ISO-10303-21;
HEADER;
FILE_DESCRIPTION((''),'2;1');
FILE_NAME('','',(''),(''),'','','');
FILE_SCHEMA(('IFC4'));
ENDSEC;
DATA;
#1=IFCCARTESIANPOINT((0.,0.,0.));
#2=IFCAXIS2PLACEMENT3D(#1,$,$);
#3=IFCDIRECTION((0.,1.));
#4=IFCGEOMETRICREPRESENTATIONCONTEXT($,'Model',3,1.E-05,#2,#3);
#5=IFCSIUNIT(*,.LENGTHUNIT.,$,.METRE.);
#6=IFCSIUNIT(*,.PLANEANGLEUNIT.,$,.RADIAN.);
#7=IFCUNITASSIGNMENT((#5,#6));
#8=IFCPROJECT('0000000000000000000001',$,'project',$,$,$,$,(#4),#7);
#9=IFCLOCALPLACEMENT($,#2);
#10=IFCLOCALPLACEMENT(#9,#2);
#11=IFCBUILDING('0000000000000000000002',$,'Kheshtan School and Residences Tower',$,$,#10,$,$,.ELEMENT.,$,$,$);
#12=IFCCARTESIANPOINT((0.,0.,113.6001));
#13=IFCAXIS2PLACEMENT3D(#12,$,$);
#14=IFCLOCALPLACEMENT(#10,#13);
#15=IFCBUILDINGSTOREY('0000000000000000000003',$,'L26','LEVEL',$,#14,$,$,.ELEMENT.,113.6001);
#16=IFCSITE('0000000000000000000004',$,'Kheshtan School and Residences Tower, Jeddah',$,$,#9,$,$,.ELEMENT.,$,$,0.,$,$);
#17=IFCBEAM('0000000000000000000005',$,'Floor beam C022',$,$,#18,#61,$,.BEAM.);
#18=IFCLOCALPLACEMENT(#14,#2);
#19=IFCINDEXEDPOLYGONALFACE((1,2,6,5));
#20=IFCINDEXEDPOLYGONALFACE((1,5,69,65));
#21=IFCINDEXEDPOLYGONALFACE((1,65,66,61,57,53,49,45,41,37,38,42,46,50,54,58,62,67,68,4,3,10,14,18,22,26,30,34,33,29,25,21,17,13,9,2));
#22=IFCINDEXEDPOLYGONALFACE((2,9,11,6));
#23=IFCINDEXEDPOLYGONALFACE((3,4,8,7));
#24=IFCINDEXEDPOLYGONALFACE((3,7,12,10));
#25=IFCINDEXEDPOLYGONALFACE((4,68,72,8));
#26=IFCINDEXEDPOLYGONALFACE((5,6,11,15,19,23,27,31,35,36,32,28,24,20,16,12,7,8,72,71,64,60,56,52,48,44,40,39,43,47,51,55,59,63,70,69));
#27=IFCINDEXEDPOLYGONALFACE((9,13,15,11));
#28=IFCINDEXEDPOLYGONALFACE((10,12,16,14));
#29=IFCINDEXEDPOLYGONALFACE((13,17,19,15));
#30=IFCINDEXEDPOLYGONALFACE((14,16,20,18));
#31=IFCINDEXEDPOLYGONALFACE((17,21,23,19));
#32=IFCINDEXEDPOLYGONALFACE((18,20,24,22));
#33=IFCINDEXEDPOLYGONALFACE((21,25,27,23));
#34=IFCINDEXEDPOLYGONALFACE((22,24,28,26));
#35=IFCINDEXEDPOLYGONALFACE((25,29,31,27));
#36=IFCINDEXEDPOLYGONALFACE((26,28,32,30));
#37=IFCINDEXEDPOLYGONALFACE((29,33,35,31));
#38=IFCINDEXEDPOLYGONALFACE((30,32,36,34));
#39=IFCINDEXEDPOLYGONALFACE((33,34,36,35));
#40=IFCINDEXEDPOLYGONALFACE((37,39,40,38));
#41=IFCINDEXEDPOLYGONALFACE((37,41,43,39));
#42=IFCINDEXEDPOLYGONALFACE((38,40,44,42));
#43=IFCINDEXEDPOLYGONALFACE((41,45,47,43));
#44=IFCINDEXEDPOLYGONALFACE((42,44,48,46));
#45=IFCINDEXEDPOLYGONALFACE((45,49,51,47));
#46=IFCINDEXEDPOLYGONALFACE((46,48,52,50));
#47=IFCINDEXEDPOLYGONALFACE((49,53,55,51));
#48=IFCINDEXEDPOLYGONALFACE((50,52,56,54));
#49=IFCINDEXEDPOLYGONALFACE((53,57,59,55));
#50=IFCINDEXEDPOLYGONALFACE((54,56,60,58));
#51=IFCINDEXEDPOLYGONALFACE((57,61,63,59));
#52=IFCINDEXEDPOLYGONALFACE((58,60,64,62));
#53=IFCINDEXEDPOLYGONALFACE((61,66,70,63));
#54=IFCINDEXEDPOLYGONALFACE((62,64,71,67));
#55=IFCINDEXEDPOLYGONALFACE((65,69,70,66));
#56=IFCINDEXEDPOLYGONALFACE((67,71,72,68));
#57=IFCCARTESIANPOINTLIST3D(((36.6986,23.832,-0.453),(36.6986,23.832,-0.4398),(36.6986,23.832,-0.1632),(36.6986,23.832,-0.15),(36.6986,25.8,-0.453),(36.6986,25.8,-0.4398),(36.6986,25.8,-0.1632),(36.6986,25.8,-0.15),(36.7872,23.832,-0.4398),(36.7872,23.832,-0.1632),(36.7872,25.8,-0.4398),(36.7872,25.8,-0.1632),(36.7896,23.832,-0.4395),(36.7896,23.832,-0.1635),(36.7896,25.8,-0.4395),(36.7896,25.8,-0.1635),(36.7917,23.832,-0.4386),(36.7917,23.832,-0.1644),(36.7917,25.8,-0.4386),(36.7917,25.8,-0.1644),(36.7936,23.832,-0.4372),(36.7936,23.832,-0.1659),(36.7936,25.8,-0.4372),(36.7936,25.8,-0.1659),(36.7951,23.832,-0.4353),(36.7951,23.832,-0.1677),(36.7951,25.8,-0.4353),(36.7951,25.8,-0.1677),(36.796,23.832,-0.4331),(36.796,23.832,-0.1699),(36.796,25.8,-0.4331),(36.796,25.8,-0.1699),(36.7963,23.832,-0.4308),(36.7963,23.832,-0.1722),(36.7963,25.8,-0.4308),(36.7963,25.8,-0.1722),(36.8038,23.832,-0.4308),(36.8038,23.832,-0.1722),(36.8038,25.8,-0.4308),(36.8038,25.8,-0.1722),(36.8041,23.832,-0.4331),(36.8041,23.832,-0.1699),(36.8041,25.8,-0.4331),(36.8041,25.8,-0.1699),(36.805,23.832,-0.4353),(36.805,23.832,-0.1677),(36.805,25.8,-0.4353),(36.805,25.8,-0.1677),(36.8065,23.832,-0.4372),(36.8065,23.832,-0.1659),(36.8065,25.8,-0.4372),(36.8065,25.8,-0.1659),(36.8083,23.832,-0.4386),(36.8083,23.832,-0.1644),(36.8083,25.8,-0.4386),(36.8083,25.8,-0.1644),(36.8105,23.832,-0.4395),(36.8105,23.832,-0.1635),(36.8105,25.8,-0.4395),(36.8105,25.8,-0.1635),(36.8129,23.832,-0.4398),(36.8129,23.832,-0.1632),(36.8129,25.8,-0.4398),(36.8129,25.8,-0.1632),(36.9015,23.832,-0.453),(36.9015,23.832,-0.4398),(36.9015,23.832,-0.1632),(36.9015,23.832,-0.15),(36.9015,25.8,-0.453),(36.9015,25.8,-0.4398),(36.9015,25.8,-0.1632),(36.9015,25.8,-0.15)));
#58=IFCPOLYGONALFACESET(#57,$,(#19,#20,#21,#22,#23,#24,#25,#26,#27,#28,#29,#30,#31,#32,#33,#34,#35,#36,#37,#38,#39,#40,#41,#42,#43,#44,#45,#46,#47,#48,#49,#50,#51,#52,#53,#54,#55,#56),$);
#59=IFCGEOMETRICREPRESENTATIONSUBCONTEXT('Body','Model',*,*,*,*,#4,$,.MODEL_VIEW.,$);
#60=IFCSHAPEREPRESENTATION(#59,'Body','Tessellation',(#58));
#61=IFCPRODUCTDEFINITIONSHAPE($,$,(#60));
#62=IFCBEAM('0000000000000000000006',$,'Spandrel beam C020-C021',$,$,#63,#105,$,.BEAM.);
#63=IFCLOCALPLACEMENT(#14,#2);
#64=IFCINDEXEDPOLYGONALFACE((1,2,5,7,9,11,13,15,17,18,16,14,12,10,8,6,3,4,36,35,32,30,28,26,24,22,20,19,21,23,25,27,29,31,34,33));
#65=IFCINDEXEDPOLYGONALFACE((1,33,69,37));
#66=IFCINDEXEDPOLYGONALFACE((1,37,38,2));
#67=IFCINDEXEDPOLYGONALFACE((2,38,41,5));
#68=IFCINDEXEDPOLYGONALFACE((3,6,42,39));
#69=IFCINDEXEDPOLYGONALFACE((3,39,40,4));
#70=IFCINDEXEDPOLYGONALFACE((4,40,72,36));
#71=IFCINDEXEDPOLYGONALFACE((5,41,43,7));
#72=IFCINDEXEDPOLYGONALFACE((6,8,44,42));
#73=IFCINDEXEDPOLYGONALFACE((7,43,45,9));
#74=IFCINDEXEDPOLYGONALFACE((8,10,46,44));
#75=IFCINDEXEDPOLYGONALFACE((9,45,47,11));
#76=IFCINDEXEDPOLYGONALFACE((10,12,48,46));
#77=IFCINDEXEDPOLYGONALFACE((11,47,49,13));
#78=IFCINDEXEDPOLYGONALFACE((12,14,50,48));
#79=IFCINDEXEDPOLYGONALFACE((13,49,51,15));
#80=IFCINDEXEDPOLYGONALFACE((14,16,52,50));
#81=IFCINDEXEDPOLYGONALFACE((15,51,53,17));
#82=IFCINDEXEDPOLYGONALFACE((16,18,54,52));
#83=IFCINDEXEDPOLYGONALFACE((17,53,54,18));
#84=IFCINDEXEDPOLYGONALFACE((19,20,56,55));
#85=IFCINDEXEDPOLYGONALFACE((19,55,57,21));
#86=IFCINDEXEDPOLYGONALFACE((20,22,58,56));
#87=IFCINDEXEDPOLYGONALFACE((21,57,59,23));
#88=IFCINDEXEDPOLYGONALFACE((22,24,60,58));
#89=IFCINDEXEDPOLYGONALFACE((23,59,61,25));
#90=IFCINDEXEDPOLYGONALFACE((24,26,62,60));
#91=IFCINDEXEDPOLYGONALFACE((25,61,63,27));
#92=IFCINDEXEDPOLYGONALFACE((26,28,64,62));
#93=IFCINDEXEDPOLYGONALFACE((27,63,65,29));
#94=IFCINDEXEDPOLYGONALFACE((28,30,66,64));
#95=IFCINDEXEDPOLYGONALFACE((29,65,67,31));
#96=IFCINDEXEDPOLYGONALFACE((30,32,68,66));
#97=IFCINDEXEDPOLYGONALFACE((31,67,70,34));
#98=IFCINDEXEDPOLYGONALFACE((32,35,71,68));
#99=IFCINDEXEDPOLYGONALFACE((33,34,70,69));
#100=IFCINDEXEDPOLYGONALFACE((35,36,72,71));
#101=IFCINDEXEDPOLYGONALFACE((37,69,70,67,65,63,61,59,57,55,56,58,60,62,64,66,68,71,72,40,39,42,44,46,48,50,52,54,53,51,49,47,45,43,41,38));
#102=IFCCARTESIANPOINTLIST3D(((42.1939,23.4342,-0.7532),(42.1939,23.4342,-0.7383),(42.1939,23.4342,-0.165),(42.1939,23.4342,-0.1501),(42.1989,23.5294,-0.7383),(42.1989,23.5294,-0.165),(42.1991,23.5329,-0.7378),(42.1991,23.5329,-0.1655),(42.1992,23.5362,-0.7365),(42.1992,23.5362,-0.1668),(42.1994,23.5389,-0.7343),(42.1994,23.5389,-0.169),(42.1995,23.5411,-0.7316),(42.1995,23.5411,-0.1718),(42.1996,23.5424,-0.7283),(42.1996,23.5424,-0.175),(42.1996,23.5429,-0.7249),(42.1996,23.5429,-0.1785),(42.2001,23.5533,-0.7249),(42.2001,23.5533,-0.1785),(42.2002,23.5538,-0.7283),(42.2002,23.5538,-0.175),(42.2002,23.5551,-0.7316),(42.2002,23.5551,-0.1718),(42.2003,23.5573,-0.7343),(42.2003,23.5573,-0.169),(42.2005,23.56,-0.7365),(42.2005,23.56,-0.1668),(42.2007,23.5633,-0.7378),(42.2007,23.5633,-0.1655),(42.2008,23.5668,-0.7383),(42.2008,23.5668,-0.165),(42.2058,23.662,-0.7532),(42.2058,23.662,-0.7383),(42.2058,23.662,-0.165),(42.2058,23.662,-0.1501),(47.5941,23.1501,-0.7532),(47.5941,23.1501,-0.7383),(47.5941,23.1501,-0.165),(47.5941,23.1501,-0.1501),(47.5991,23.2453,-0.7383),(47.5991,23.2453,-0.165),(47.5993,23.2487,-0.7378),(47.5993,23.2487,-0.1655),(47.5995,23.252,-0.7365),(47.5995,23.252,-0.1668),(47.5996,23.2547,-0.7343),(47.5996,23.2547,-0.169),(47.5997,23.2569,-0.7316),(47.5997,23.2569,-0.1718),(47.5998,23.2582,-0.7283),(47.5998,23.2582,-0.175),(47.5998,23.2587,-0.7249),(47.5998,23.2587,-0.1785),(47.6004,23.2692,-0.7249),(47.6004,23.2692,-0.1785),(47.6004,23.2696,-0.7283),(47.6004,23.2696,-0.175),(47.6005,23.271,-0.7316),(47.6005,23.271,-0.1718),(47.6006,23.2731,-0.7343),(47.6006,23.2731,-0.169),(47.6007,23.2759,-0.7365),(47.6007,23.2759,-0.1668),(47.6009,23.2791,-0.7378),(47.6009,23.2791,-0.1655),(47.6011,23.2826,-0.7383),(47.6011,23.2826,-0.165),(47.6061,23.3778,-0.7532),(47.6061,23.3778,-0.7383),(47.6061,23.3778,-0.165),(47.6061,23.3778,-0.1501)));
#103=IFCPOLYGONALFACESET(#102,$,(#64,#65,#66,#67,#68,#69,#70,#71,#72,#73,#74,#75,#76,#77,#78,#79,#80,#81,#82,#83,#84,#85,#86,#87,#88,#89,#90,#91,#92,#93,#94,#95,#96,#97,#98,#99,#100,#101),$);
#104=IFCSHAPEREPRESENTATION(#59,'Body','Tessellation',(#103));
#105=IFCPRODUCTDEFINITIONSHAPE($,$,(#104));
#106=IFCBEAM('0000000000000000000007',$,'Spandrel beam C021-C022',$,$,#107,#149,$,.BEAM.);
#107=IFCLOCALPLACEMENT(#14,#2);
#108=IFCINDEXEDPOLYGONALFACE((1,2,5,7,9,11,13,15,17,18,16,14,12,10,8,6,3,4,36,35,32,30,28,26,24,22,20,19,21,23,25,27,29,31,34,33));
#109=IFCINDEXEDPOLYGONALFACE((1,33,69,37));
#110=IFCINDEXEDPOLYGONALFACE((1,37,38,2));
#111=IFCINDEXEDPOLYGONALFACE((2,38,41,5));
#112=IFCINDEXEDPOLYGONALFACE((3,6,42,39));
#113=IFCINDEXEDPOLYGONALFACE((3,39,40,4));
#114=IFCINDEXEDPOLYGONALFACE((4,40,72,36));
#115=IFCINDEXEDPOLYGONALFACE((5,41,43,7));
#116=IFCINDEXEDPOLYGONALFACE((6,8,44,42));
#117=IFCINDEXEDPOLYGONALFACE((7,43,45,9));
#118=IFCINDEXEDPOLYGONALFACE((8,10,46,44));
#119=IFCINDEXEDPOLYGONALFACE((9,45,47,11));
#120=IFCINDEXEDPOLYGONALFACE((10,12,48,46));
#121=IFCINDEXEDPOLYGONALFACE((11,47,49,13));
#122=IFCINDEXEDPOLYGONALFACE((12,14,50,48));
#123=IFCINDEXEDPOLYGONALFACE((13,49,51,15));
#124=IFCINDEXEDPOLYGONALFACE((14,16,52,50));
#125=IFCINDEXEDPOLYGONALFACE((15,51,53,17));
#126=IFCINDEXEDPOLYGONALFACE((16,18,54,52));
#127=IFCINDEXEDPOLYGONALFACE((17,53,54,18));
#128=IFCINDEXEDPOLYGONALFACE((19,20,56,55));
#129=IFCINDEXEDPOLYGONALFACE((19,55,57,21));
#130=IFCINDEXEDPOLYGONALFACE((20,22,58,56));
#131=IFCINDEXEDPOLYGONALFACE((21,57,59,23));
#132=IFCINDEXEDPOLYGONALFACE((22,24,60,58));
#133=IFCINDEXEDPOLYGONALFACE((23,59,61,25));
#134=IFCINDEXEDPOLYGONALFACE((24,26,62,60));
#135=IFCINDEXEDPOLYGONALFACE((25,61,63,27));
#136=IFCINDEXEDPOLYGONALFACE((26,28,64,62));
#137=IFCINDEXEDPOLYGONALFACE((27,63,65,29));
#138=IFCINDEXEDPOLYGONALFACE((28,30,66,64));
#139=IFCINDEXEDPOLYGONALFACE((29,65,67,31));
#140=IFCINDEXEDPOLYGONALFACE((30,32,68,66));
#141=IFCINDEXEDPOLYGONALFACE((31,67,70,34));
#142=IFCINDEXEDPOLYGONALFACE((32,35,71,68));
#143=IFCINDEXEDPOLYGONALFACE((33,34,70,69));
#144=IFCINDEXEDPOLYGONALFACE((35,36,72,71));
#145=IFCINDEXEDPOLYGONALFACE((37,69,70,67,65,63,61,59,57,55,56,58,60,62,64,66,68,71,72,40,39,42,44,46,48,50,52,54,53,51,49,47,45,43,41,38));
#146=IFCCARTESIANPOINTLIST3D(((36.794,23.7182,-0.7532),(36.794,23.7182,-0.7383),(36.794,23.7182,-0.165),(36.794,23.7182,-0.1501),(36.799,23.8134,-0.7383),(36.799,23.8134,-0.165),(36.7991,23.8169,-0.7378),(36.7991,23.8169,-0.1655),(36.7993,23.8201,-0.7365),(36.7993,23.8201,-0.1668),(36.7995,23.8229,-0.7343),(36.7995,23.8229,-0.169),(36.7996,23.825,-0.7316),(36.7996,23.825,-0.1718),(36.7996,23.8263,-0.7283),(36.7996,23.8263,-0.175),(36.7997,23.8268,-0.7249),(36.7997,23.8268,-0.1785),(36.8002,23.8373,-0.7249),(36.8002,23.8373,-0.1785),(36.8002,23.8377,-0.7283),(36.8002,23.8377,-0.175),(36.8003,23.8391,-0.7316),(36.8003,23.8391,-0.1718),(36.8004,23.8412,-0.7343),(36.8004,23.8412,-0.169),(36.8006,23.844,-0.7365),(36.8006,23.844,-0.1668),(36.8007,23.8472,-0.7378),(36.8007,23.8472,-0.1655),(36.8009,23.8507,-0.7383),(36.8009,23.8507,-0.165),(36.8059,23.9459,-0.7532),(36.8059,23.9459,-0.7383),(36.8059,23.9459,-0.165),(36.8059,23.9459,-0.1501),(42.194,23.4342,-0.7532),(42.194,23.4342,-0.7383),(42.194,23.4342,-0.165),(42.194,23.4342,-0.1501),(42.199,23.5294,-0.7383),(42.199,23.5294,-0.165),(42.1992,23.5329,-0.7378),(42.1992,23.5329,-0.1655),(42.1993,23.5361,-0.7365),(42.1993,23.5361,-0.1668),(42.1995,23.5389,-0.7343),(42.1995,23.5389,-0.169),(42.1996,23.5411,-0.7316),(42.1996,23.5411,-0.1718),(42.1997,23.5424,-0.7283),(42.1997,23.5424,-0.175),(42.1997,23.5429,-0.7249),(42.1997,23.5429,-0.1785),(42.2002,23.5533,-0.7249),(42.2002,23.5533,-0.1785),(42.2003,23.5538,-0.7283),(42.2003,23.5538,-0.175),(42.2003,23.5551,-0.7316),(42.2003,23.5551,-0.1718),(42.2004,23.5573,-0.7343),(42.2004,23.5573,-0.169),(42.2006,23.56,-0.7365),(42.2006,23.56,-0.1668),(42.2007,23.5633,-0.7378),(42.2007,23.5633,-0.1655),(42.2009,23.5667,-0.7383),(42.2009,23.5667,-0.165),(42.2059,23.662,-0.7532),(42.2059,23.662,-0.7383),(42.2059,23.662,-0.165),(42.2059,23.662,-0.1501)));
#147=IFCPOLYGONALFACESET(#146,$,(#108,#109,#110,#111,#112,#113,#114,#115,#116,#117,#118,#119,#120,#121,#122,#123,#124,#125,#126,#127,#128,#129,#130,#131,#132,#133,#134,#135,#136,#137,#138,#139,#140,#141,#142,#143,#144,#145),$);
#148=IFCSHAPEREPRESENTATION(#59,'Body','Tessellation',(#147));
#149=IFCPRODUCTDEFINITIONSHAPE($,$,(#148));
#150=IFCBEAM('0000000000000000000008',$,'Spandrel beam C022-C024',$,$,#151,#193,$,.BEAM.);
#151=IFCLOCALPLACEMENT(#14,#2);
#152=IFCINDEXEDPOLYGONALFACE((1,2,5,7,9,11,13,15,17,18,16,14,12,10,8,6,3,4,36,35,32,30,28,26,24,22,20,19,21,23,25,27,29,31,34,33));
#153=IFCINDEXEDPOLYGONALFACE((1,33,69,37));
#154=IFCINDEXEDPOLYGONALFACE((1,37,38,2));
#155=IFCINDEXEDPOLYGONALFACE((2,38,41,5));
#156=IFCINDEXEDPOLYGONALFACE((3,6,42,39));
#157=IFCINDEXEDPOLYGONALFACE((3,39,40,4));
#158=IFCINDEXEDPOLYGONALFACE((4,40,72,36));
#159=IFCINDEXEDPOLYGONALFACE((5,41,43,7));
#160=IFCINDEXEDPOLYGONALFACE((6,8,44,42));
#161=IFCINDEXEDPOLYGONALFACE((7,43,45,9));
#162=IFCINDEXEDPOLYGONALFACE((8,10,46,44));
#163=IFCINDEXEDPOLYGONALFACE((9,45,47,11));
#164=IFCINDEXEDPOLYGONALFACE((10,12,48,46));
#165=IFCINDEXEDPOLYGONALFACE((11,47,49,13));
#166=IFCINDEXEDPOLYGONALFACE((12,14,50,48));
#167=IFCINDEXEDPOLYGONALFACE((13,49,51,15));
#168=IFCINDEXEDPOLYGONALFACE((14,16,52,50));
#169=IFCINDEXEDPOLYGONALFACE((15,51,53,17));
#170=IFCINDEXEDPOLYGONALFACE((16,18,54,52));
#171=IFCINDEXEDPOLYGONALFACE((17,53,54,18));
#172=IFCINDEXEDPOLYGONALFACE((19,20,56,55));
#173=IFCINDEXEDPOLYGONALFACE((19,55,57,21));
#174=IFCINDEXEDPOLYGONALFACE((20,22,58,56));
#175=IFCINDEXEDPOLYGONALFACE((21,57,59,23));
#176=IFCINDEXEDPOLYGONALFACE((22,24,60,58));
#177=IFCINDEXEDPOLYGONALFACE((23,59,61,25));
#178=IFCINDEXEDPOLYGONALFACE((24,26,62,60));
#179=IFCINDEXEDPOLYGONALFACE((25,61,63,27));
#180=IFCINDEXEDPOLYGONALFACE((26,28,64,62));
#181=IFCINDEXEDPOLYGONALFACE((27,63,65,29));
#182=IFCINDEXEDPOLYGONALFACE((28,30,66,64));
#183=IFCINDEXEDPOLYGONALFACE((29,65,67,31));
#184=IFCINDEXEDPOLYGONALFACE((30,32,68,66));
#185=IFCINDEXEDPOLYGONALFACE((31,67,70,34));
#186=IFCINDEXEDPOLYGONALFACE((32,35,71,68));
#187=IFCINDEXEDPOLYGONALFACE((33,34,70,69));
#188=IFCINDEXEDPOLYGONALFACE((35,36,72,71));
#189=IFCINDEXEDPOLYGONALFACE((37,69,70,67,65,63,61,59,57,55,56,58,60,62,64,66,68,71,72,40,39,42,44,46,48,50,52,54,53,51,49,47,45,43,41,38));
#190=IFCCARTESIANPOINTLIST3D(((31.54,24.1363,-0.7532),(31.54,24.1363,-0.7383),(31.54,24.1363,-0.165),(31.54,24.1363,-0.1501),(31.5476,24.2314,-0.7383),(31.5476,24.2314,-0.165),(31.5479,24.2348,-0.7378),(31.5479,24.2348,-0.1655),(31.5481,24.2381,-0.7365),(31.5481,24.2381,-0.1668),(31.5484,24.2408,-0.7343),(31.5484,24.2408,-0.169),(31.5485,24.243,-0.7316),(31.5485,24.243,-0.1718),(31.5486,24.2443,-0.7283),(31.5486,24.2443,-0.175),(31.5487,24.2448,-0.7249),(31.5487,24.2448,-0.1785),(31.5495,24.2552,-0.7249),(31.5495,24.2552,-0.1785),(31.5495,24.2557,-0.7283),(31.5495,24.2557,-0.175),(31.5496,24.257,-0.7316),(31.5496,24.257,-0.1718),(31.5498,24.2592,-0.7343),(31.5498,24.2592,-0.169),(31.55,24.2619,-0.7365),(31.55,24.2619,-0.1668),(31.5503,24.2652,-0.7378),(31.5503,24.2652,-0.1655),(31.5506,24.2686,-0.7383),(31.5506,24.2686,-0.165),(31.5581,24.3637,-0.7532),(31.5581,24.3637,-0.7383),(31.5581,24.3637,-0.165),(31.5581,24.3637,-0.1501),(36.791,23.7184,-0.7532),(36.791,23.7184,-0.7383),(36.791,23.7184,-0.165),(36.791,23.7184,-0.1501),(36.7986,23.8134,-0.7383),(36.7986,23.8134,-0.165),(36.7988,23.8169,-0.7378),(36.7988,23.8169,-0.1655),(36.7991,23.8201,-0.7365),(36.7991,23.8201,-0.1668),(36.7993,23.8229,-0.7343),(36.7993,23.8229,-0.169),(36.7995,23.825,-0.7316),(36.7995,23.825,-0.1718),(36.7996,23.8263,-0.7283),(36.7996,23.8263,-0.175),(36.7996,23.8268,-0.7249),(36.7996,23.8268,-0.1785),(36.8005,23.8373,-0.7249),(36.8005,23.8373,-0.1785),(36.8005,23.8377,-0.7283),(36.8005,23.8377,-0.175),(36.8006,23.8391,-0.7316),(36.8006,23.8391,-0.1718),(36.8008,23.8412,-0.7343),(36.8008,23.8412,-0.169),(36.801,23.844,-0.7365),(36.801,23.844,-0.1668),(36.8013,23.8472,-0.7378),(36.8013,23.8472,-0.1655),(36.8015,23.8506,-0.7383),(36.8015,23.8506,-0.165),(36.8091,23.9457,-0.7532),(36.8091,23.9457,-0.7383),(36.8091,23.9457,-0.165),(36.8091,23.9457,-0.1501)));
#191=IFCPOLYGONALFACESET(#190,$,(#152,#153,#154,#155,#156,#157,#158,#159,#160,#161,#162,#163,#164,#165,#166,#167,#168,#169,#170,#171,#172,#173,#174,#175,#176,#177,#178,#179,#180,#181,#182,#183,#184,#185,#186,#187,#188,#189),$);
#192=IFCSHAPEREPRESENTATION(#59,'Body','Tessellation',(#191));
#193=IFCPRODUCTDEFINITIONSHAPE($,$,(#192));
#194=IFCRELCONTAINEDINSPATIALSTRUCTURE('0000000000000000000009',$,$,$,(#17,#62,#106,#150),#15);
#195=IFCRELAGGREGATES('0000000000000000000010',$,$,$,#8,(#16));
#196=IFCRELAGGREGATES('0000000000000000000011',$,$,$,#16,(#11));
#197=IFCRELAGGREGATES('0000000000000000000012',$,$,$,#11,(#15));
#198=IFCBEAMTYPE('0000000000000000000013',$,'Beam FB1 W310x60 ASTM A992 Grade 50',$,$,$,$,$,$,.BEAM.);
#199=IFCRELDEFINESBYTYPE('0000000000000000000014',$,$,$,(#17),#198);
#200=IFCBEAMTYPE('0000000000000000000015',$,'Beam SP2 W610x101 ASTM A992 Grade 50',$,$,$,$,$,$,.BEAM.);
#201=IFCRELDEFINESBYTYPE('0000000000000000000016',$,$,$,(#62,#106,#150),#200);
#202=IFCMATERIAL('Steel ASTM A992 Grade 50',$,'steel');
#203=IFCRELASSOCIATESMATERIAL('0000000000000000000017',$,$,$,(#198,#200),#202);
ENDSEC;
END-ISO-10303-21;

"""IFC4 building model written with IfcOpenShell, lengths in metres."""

from ifc_helpers import new_model, si_unit, direction, frame, origin, origin_2d, place, context, subcontext, project, spatial, i_section, extrude, material, material_profile, profile_set, type_object, element, save


model = new_model("IFC4")

# Units and contexts
model_context = context("Model", 3, precision=1e-05, world=origin(), true_north=direction((0.0, 1.0)))
body_context = subcontext(model_context, "Body", "Model", "MODEL_VIEW")
ifc_project = project(units=[si_unit("LENGTHUNIT", "METRE"), si_unit("PLANEANGLEUNIT", "RADIAN")], contexts=[model_context])

# Site, building, storey
site_placement = place(None, origin())
site = spatial("IfcSite", under=ifc_project, at=site_placement, Name="Kheshtan School and Residences Tower, Jeddah", CompositionType="ELEMENT", RefElevation=0.0)
building_placement = place(site_placement, origin())
building = spatial("IfcBuilding", under=site, at=building_placement, Name="Kheshtan School and Residences Tower", CompositionType="ELEMENT")
storey_placement = place(building_placement, frame((0.0, 0.0, 113.6001)))
storey = spatial("IfcBuildingStorey", under=building, at=storey_placement, Name="L26", Description="LEVEL", CompositionType="ELEMENT", Elevation=113.6001)

# Shared definitions
ifc_material_1 = material(Name="Steel ASTM A992 Grade 50", Category="steel")

# Beams
ifc_material_profile_1 = material_profile(ifc_material_1, i_section(OverallWidth=0.2029, OverallDepth=0.303, WebThickness=0.0076, FlangeThickness=0.0132, FilletRadius=0.009, at=origin_2d()), Name="W310x60")
ifc_profile_set_1 = profile_set([ifc_material_profile_1], Name="Steel ASTM A992 Grade 50")
beam_type_1 = type_object("IfcBeamType", Name="Beam FB1 W310x60 ASTM A992 Grade 50", PredefinedType="BEAM", material=ifc_profile_set_1)
beam_1_placement = place(storey_placement, frame((36.8, 23.832, -0.3015), z_axis=(0.0, 1.0, 0.0), x_axis=(-1.0, 0.0, 0.0)))
element("IfcBeam", 1, at=beam_1_placement, inside=storey, type_object=beam_type_1, Name="Floor beam C022", PredefinedType="BEAM", context=body_context, shape_type="SweptSolid", body=[
    extrude(i_section(OverallWidth=0.2029, OverallDepth=0.303, WebThickness=0.0076, FlangeThickness=0.0132, FilletRadius=0.009, at=origin_2d()), origin(), (0.0, 0.0, 1.0), 1.968),
])
ifc_material_profile_2 = material_profile(ifc_material_1, i_section(OverallWidth=0.228, OverallDepth=0.603, WebThickness=0.0105, FlangeThickness=0.0149, FilletRadius=0.0134, at=origin_2d()), Name="W610x101")
ifc_profile_set_2 = profile_set([ifc_material_profile_2], Name="Steel ASTM A992 Grade 50")
beam_type_2 = type_object("IfcBeamType", Name="Beam SP2 W610x101 ASTM A992 Grade 50", PredefinedType="BEAM", material=ifc_profile_set_2)
beam_2_placement = place(storey_placement, frame((47.6001, 23.2639, -0.4517), z_axis=(-0.998618, 0.052552, 0.0), x_axis=(-0.052552, -0.998618, 0.0)))
element("IfcBeam", 2, at=beam_2_placement, inside=storey, type_object=beam_type_2, Name="Spandrel beam C020-C021", PredefinedType="BEAM", context=body_context, shape_type="SweptSolid", body=[
    extrude(i_section(OverallWidth=0.228, OverallDepth=0.603, WebThickness=0.0105, FlangeThickness=0.0149, FilletRadius=0.0134, at=origin_2d()), origin(), (0.0, 0.0, 1.0), 5.4077),
])
beam_3_placement = place(storey_placement, frame((42.2, 23.5481, -0.4517), z_axis=(-0.99862, 0.052509, 0.0), x_axis=(-0.052509, -0.99862, 0.0)))
element("IfcBeam", 3, at=beam_3_placement, inside=storey, type_object=beam_type_2, Name="Spandrel beam C021-C022", PredefinedType="BEAM", context=body_context, shape_type="SweptSolid", body=[
    extrude(i_section(OverallWidth=0.228, OverallDepth=0.603, WebThickness=0.0105, FlangeThickness=0.0149, FilletRadius=0.0134, at=origin_2d()), origin(), (0.0, 0.0, 1.0), 5.4075),
])
beam_4_placement = place(storey_placement, frame((36.8, 23.832, -0.4517), z_axis=(-0.996847, 0.079347, 0.0), x_axis=(-0.079347, -0.996847, 0.0)))
element("IfcBeam", 4, at=beam_4_placement, inside=storey, type_object=beam_type_2, Name="Spandrel beam C022-C024", PredefinedType="BEAM", context=body_context, shape_type="SweptSolid", body=[
    extrude(i_section(OverallWidth=0.228, OverallDepth=0.603, WebThickness=0.0105, FlangeThickness=0.0149, FilletRadius=0.0134, at=origin_2d()), origin(), (0.0, 0.0, 1.0), 5.2676),
])

save(model, "model.ifc")
